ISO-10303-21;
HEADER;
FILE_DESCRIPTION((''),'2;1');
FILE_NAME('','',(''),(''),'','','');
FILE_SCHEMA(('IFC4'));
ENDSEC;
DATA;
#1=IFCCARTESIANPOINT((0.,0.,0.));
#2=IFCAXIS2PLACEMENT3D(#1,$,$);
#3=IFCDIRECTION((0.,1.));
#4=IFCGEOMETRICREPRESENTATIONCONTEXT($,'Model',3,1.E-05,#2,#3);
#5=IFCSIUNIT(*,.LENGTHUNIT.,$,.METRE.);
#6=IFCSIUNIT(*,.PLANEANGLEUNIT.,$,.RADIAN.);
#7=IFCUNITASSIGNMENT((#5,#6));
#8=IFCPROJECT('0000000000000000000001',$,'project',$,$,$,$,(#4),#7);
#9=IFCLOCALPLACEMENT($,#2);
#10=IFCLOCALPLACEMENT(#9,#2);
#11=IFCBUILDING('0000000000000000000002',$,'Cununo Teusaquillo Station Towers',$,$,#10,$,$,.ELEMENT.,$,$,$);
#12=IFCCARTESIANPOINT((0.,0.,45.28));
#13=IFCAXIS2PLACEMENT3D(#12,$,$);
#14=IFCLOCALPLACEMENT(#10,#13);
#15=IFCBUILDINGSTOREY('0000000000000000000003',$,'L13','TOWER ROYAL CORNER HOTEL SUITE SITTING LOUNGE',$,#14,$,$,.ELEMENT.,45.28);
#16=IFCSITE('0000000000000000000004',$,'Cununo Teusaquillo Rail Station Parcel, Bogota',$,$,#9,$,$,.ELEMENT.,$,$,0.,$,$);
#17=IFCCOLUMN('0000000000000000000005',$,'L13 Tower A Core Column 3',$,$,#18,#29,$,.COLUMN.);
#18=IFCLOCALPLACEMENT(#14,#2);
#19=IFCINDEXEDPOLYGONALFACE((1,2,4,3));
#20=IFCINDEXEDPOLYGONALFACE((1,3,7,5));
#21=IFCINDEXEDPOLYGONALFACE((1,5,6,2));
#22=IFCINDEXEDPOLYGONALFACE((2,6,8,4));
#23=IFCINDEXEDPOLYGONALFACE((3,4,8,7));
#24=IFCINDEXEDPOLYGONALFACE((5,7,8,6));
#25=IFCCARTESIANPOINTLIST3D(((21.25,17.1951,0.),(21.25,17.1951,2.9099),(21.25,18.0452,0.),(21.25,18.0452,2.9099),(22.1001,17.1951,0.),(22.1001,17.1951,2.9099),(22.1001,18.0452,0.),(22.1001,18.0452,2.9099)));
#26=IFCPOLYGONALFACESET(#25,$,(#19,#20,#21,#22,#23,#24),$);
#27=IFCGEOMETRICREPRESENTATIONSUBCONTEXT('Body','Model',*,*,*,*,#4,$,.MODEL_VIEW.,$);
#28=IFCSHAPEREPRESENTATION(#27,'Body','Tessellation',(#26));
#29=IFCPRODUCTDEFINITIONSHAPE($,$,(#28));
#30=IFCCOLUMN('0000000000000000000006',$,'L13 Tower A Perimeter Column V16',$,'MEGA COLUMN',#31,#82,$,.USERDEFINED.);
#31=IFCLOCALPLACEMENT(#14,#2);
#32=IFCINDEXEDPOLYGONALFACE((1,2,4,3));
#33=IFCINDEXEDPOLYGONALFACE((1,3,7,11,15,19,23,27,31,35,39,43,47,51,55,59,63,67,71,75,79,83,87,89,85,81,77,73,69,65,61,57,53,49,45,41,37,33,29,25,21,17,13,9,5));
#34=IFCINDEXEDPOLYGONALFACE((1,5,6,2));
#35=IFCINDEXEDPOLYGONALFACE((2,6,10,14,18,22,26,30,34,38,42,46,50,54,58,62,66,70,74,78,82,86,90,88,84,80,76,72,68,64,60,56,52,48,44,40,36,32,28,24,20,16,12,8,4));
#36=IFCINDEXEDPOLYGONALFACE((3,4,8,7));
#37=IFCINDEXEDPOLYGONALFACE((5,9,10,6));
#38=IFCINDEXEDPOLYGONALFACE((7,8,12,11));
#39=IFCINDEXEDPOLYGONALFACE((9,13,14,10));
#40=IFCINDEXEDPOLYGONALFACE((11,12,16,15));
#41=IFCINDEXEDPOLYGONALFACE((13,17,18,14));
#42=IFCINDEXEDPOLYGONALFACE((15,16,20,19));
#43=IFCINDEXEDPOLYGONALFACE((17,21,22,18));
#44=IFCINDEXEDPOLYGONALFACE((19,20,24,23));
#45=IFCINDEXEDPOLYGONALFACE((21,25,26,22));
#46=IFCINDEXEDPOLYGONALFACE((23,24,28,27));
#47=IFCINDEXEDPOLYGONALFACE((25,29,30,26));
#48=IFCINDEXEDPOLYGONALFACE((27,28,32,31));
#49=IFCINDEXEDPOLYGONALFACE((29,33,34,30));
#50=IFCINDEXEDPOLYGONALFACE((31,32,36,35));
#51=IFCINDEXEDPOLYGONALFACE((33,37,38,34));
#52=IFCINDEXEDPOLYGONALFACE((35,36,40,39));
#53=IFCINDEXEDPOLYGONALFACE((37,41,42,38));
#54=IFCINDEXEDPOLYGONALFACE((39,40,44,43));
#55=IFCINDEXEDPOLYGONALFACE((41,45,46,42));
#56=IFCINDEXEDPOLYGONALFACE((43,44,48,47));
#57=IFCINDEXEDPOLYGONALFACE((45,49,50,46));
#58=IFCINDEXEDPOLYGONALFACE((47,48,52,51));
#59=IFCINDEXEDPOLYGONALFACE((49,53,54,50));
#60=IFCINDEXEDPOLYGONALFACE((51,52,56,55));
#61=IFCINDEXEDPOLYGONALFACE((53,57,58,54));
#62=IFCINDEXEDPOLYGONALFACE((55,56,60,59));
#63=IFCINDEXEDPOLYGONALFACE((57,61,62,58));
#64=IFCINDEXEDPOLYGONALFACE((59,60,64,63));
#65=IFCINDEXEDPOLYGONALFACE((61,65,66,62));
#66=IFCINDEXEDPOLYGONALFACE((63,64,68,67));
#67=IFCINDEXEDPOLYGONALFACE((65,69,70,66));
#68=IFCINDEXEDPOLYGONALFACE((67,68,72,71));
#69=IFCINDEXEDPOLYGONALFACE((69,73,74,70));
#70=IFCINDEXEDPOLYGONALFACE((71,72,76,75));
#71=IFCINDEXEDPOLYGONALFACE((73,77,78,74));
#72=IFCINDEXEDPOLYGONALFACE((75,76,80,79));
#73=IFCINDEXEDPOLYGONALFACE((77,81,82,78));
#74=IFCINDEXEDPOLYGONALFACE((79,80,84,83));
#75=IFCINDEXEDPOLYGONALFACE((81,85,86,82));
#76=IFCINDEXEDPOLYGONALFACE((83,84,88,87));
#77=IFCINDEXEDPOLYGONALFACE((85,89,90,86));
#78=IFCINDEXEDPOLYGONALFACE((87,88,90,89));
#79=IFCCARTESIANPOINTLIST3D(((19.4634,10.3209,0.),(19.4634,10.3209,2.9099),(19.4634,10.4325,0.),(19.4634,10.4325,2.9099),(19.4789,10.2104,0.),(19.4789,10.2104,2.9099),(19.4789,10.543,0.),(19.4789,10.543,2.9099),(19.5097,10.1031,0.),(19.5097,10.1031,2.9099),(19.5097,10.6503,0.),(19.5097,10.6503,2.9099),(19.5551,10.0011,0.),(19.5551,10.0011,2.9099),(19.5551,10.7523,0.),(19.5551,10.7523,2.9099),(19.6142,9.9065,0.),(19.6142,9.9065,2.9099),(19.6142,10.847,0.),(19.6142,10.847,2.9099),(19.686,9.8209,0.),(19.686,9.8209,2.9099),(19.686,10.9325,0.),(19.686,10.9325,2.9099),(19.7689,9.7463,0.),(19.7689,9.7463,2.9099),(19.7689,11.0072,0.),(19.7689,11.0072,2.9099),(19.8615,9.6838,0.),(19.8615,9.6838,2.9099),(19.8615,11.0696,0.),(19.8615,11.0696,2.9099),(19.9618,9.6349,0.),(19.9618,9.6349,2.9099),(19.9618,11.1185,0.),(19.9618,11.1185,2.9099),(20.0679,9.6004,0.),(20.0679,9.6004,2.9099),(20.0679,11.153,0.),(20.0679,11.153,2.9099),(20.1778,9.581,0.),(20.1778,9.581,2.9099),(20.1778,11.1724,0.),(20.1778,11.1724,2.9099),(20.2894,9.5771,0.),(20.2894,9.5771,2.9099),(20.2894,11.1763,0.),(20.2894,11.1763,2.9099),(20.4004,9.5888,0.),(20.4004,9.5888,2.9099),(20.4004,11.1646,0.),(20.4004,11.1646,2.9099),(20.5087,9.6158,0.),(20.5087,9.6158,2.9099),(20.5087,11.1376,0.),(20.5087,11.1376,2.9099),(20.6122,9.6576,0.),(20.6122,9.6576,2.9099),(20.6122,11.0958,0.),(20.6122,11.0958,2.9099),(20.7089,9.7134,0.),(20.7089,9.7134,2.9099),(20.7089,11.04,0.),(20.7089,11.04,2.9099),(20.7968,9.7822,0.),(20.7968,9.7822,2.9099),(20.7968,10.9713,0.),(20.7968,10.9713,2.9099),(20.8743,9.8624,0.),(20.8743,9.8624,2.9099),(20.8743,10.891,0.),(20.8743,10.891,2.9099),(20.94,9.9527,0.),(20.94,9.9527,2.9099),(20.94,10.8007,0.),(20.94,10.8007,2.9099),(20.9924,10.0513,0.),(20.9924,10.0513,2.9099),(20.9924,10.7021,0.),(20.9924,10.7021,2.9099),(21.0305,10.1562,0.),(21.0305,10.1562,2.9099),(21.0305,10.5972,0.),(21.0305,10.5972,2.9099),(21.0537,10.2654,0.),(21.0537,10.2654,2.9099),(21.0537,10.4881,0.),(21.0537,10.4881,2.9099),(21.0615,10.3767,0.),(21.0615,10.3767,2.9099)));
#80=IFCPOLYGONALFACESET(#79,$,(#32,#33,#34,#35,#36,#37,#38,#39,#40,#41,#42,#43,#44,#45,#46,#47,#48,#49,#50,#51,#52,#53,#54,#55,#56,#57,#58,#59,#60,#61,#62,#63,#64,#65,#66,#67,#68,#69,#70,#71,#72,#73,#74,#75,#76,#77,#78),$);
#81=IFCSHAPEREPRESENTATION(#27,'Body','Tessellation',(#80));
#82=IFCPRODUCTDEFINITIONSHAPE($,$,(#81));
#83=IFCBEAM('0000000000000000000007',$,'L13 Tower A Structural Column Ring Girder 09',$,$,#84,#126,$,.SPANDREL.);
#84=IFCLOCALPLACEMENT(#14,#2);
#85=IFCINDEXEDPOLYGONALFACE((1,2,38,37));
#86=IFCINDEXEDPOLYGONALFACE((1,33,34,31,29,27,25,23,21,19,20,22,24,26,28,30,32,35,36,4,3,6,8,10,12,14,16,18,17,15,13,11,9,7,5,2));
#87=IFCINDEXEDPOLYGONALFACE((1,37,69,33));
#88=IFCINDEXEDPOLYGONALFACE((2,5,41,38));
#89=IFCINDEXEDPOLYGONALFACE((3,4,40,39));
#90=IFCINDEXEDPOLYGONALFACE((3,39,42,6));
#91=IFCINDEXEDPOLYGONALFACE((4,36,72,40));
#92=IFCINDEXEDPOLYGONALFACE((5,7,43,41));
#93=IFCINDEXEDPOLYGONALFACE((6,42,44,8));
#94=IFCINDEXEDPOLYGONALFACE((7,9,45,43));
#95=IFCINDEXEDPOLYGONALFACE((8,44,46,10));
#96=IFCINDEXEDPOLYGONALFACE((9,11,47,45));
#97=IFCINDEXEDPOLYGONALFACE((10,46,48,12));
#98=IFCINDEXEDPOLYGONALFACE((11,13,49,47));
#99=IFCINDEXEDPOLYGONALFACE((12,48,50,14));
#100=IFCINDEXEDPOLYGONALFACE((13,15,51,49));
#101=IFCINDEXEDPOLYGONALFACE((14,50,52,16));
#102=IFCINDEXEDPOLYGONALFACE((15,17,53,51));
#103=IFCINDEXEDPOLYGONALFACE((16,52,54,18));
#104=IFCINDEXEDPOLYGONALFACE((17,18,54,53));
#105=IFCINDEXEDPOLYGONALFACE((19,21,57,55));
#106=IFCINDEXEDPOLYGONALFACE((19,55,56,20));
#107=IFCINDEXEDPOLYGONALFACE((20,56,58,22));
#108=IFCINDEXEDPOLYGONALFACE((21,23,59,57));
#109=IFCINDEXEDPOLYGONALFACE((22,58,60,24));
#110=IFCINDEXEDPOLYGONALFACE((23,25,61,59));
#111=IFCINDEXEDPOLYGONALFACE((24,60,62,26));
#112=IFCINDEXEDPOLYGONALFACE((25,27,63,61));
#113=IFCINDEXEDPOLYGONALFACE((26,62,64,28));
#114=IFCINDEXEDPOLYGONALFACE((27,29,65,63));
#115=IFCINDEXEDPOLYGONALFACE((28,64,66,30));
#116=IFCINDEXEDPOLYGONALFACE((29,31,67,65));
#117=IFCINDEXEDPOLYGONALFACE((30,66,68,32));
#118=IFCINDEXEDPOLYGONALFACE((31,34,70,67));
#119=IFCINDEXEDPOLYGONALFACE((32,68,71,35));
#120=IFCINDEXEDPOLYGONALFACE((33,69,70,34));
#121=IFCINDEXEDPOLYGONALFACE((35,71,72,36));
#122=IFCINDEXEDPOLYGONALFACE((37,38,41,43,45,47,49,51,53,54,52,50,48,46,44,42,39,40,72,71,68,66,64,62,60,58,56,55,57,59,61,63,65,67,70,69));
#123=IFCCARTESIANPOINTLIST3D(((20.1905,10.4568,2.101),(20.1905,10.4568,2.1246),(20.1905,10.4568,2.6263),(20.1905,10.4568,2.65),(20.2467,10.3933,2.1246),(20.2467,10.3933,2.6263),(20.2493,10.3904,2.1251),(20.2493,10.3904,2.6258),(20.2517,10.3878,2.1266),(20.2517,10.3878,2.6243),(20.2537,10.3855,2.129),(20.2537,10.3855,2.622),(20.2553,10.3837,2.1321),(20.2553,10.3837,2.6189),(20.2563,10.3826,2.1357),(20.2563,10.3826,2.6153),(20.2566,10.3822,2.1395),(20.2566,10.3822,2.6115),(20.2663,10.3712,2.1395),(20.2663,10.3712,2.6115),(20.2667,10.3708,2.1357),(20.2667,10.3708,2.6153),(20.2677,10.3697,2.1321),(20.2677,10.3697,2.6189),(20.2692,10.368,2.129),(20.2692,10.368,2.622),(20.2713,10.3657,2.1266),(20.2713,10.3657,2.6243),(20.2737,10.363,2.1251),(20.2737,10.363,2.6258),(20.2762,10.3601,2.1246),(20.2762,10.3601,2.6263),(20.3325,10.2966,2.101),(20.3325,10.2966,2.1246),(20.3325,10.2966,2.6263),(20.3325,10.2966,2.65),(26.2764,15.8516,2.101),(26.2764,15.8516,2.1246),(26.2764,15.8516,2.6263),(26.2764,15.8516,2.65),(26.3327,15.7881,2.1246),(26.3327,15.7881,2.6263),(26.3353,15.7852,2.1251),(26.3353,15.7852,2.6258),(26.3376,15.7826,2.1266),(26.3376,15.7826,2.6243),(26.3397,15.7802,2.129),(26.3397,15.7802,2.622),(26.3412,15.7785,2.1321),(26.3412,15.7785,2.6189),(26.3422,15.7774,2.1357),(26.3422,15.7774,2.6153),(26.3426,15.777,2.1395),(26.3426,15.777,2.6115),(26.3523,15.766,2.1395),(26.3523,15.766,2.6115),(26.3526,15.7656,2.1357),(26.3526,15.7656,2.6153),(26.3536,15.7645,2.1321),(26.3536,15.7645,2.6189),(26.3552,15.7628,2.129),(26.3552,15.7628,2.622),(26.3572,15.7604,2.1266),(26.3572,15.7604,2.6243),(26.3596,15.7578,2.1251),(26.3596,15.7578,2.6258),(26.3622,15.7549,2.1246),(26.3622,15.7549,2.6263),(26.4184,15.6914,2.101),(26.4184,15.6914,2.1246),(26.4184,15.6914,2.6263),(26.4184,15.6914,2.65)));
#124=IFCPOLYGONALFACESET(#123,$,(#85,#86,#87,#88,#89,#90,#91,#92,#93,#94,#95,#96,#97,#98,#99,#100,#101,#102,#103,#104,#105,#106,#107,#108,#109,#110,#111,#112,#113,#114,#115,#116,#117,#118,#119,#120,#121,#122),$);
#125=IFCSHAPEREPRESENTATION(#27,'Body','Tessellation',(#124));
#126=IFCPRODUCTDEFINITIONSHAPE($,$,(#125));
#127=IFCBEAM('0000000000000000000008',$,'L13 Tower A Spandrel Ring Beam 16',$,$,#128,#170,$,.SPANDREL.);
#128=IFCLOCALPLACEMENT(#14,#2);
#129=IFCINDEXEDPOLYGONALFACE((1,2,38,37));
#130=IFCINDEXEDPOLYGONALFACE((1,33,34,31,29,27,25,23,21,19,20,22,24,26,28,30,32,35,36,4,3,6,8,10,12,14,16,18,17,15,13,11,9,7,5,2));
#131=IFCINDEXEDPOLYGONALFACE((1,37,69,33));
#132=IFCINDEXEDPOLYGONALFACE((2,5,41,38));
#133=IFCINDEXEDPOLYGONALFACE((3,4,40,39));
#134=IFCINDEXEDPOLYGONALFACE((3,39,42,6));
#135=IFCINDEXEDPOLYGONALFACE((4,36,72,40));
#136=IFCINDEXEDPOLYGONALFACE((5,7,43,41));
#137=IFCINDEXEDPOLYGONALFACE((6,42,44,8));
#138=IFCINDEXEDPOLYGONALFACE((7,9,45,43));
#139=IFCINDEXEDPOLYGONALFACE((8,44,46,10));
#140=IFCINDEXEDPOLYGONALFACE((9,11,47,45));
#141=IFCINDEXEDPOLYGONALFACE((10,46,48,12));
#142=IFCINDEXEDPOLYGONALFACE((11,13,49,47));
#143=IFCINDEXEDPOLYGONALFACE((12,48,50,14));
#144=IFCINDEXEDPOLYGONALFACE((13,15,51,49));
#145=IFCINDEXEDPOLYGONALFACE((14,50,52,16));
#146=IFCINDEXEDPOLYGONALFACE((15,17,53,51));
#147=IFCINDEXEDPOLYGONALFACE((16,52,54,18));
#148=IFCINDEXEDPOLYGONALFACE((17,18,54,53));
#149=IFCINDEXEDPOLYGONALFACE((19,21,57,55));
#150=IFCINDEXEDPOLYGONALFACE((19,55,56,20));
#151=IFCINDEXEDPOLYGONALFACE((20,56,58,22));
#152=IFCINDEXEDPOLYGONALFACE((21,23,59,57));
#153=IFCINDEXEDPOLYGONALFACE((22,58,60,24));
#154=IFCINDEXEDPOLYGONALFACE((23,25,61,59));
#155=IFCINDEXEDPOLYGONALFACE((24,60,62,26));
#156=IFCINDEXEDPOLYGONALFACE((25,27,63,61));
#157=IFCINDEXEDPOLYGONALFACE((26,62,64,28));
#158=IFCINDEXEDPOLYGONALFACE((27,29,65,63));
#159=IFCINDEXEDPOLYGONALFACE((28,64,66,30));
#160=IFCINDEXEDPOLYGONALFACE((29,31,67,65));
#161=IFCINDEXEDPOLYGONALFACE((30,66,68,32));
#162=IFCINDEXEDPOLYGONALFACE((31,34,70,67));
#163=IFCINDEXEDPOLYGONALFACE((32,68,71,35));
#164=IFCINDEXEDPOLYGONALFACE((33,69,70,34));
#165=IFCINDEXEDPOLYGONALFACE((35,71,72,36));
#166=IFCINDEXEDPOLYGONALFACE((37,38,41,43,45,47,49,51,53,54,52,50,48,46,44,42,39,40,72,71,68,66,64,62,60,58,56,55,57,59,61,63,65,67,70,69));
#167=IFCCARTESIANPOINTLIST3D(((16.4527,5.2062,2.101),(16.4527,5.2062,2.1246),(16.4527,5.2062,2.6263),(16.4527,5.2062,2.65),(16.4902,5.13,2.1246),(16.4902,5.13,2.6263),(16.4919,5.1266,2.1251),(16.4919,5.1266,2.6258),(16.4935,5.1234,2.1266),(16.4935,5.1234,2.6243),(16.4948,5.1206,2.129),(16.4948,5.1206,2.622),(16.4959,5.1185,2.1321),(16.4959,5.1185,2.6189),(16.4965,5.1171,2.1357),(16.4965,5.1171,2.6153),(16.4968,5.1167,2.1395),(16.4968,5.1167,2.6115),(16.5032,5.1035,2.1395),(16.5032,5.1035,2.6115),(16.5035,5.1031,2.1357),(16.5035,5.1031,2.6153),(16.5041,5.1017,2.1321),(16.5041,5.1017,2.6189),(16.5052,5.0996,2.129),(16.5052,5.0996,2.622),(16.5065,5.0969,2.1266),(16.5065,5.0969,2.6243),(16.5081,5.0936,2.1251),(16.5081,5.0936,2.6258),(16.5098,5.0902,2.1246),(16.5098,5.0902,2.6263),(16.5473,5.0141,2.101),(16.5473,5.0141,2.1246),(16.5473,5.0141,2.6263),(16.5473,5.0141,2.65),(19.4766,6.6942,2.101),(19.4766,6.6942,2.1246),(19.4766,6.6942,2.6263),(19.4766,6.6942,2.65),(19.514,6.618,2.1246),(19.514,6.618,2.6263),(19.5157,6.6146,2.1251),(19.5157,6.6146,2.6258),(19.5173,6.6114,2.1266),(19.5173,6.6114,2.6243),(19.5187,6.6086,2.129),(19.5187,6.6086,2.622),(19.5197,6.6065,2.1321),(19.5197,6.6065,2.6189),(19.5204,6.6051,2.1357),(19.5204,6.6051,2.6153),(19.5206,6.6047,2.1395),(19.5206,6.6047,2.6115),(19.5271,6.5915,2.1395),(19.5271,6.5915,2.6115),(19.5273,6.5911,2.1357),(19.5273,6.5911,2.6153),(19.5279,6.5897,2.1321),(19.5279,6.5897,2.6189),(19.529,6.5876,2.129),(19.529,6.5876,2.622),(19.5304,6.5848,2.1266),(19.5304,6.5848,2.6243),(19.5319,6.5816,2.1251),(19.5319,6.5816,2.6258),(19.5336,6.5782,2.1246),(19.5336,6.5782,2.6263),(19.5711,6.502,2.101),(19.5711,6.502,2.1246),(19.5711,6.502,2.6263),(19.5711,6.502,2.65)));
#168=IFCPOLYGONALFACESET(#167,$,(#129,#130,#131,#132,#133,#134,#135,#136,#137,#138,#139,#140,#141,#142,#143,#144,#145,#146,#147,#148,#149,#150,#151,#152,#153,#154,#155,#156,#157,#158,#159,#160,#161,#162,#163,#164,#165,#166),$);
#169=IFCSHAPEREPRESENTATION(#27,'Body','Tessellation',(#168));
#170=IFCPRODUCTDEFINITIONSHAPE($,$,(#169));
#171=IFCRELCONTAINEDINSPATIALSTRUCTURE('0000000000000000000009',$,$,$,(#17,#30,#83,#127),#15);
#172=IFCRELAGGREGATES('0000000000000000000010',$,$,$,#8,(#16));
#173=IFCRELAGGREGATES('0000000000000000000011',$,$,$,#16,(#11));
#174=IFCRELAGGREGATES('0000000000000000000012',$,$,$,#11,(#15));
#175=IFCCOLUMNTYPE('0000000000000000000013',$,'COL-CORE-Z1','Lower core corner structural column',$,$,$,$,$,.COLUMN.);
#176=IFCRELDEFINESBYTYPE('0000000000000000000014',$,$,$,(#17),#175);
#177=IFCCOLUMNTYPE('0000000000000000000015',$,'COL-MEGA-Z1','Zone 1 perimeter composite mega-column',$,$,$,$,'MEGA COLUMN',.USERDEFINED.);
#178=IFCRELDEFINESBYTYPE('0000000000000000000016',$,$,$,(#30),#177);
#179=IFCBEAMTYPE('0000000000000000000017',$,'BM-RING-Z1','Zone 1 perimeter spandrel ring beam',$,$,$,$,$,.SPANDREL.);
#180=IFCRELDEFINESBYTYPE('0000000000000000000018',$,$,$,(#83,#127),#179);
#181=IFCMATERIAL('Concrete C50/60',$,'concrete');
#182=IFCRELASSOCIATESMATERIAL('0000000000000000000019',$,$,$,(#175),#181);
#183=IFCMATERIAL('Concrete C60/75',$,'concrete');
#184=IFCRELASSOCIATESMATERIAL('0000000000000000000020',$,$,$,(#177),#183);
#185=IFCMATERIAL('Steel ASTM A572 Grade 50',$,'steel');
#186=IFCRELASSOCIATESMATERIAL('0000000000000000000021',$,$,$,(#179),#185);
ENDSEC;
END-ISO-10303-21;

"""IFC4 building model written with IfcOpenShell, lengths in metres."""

from ifc_helpers import new_model, si_unit, direction, frame, origin, origin_2d, place, context, subcontext, project, spatial, rectangle, circle, i_section, extrude, material, material_profile, profile_set, type_object, element, save


model = new_model("IFC4")

# Units and contexts
model_context = context("Model", 3, precision=1e-05, world=origin(), true_north=direction((0.0, 1.0)))
body_context = subcontext(model_context, "Body", "Model", "MODEL_VIEW")
ifc_project = project(units=[si_unit("LENGTHUNIT", "METRE"), si_unit("PLANEANGLEUNIT", "RADIAN")], contexts=[model_context])

# Site, building, storey
site_placement = place(None, origin())
site = spatial("IfcSite", under=ifc_project, at=site_placement, Name="Cununo Teusaquillo Rail Station Parcel, Bogota", CompositionType="ELEMENT", RefElevation=0.0)
building_placement = place(site_placement, origin())
building = spatial("IfcBuilding", under=site, at=building_placement, Name="Cununo Teusaquillo Station Towers", CompositionType="ELEMENT")
storey_placement = place(building_placement, frame((0.0, 0.0, 45.28)))
storey = spatial("IfcBuildingStorey", under=building, at=storey_placement, Name="L13", Description="TOWER ROYAL CORNER HOTEL SUITE SITTING LOUNGE", CompositionType="ELEMENT", Elevation=45.28)

# Columns
ifc_material_1 = material(Name="Concrete C50/60", Category="concrete")
ifc_material_profile_1 = material_profile(ifc_material_1, rectangle(XDim=0.8501, YDim=0.8501, at=origin_2d()), Name="RC-RECT-850x850")
ifc_profile_set_1 = profile_set([ifc_material_profile_1], Name="Concrete C50/60")
column_type_1 = type_object("IfcColumnType", Name="COL-CORE-Z1", Description="Lower core corner structural column", PredefinedType="COLUMN", material=ifc_profile_set_1)
column_1_placement = place(storey_placement, frame((21.675, 17.6201, 0.0), z_axis=(0.0, 0.0, 1.0), x_axis=(1.0, 0.0, 0.0)))
element("IfcColumn", 1, at=column_1_placement, inside=storey, type_object=column_type_1, Name="L13 Tower A Core Column 3", PredefinedType="COLUMN", context=body_context, shape_type="SweptSolid", body=[
    extrude(rectangle(XDim=0.8501, YDim=0.8501, at=origin_2d()), origin(), (0.0, 0.0, 1.0), 2.9099),
])
ifc_material_2 = material(Name="Concrete C60/75", Category="concrete")
ifc_material_profile_2 = material_profile(ifc_material_2, circle(Radius=0.8, at=origin_2d()), Name="RC-CIRC-1600")
ifc_profile_set_2 = profile_set([ifc_material_profile_2], Name="Concrete C60/75")
column_type_2 = type_object("IfcColumnType", Name="COL-MEGA-Z1", Description="Zone 1 perimeter composite mega-column", ElementType="MEGA COLUMN", PredefinedType="USERDEFINED", material=ifc_profile_set_2)
column_2_placement = place(storey_placement, frame((20.2615, 10.3767, 0.0), z_axis=(0.0, 0.0, 1.0), x_axis=(1.0, 0.0, 0.0)))
element("IfcColumn", 2, at=column_2_placement, inside=storey, type_object=column_type_2, Name="L13 Tower A Perimeter Column V16", ObjectType="MEGA COLUMN", PredefinedType="USERDEFINED", context=body_context, shape_type="SweptSolid", body=[
    extrude(circle(Radius=0.8, at=origin_2d()), origin(), (0.0, 0.0, 1.0), 2.9099),
])

# Beams
ifc_material_3 = material(Name="Steel ASTM A572 Grade 50", Category="steel")
ifc_material_profile_3 = material_profile(ifc_material_3, i_section(OverallWidth=0.2141, OverallDepth=0.5491, WebThickness=0.0146, FlangeThickness=0.0237, FilletRadius=0.0149, at=origin_2d()), Name="W21X93")
ifc_profile_set_3 = profile_set([ifc_material_profile_3], Name="Steel ASTM A572 Grade 50")
beam_type = type_object("IfcBeamType", Name="BM-RING-Z1", Description="Zone 1 perimeter spandrel ring beam", PredefinedType="SPANDREL", material=ifc_profile_set_3)
beam_1_placement = place(storey_placement, frame((20.2615, 10.3767, 2.3755), z_axis=(0.748321, 0.663337, 0.0), x_axis=(-0.663337, 0.748321, 0.0)))
element("IfcBeam", 3, at=beam_1_placement, inside=storey, type_object=beam_type, Name="L13 Tower A Structural Column Ring Girder 09", PredefinedType="SPANDREL", context=body_context, shape_type="SweptSolid", body=[
    extrude(i_section(OverallWidth=0.2141, OverallDepth=0.5491, WebThickness=0.0146, FlangeThickness=0.0237, FilletRadius=0.0149, at=origin_2d()), origin(), (0.0, 0.0, 1.0), 8.1328),
])
beam_2_placement = place(storey_placement, frame((16.5, 5.1101, 2.3755), z_axis=(0.897249, 0.441525, 0.0), x_axis=(-0.441525, 0.897249, 0.0)))
element("IfcBeam", 4, at=beam_2_placement, inside=storey, type_object=beam_type, Name="L13 Tower A Spandrel Ring Beam 16", PredefinedType="SPANDREL", context=body_context, shape_type="SweptSolid", body=[
    extrude(i_section(OverallWidth=0.2141, OverallDepth=0.5491, WebThickness=0.0146, FlangeThickness=0.0237, FilletRadius=0.0149, at=origin_2d()), origin(), (0.0, 0.0, 1.0), 3.3701),
])

save(model, "model.ifc")
